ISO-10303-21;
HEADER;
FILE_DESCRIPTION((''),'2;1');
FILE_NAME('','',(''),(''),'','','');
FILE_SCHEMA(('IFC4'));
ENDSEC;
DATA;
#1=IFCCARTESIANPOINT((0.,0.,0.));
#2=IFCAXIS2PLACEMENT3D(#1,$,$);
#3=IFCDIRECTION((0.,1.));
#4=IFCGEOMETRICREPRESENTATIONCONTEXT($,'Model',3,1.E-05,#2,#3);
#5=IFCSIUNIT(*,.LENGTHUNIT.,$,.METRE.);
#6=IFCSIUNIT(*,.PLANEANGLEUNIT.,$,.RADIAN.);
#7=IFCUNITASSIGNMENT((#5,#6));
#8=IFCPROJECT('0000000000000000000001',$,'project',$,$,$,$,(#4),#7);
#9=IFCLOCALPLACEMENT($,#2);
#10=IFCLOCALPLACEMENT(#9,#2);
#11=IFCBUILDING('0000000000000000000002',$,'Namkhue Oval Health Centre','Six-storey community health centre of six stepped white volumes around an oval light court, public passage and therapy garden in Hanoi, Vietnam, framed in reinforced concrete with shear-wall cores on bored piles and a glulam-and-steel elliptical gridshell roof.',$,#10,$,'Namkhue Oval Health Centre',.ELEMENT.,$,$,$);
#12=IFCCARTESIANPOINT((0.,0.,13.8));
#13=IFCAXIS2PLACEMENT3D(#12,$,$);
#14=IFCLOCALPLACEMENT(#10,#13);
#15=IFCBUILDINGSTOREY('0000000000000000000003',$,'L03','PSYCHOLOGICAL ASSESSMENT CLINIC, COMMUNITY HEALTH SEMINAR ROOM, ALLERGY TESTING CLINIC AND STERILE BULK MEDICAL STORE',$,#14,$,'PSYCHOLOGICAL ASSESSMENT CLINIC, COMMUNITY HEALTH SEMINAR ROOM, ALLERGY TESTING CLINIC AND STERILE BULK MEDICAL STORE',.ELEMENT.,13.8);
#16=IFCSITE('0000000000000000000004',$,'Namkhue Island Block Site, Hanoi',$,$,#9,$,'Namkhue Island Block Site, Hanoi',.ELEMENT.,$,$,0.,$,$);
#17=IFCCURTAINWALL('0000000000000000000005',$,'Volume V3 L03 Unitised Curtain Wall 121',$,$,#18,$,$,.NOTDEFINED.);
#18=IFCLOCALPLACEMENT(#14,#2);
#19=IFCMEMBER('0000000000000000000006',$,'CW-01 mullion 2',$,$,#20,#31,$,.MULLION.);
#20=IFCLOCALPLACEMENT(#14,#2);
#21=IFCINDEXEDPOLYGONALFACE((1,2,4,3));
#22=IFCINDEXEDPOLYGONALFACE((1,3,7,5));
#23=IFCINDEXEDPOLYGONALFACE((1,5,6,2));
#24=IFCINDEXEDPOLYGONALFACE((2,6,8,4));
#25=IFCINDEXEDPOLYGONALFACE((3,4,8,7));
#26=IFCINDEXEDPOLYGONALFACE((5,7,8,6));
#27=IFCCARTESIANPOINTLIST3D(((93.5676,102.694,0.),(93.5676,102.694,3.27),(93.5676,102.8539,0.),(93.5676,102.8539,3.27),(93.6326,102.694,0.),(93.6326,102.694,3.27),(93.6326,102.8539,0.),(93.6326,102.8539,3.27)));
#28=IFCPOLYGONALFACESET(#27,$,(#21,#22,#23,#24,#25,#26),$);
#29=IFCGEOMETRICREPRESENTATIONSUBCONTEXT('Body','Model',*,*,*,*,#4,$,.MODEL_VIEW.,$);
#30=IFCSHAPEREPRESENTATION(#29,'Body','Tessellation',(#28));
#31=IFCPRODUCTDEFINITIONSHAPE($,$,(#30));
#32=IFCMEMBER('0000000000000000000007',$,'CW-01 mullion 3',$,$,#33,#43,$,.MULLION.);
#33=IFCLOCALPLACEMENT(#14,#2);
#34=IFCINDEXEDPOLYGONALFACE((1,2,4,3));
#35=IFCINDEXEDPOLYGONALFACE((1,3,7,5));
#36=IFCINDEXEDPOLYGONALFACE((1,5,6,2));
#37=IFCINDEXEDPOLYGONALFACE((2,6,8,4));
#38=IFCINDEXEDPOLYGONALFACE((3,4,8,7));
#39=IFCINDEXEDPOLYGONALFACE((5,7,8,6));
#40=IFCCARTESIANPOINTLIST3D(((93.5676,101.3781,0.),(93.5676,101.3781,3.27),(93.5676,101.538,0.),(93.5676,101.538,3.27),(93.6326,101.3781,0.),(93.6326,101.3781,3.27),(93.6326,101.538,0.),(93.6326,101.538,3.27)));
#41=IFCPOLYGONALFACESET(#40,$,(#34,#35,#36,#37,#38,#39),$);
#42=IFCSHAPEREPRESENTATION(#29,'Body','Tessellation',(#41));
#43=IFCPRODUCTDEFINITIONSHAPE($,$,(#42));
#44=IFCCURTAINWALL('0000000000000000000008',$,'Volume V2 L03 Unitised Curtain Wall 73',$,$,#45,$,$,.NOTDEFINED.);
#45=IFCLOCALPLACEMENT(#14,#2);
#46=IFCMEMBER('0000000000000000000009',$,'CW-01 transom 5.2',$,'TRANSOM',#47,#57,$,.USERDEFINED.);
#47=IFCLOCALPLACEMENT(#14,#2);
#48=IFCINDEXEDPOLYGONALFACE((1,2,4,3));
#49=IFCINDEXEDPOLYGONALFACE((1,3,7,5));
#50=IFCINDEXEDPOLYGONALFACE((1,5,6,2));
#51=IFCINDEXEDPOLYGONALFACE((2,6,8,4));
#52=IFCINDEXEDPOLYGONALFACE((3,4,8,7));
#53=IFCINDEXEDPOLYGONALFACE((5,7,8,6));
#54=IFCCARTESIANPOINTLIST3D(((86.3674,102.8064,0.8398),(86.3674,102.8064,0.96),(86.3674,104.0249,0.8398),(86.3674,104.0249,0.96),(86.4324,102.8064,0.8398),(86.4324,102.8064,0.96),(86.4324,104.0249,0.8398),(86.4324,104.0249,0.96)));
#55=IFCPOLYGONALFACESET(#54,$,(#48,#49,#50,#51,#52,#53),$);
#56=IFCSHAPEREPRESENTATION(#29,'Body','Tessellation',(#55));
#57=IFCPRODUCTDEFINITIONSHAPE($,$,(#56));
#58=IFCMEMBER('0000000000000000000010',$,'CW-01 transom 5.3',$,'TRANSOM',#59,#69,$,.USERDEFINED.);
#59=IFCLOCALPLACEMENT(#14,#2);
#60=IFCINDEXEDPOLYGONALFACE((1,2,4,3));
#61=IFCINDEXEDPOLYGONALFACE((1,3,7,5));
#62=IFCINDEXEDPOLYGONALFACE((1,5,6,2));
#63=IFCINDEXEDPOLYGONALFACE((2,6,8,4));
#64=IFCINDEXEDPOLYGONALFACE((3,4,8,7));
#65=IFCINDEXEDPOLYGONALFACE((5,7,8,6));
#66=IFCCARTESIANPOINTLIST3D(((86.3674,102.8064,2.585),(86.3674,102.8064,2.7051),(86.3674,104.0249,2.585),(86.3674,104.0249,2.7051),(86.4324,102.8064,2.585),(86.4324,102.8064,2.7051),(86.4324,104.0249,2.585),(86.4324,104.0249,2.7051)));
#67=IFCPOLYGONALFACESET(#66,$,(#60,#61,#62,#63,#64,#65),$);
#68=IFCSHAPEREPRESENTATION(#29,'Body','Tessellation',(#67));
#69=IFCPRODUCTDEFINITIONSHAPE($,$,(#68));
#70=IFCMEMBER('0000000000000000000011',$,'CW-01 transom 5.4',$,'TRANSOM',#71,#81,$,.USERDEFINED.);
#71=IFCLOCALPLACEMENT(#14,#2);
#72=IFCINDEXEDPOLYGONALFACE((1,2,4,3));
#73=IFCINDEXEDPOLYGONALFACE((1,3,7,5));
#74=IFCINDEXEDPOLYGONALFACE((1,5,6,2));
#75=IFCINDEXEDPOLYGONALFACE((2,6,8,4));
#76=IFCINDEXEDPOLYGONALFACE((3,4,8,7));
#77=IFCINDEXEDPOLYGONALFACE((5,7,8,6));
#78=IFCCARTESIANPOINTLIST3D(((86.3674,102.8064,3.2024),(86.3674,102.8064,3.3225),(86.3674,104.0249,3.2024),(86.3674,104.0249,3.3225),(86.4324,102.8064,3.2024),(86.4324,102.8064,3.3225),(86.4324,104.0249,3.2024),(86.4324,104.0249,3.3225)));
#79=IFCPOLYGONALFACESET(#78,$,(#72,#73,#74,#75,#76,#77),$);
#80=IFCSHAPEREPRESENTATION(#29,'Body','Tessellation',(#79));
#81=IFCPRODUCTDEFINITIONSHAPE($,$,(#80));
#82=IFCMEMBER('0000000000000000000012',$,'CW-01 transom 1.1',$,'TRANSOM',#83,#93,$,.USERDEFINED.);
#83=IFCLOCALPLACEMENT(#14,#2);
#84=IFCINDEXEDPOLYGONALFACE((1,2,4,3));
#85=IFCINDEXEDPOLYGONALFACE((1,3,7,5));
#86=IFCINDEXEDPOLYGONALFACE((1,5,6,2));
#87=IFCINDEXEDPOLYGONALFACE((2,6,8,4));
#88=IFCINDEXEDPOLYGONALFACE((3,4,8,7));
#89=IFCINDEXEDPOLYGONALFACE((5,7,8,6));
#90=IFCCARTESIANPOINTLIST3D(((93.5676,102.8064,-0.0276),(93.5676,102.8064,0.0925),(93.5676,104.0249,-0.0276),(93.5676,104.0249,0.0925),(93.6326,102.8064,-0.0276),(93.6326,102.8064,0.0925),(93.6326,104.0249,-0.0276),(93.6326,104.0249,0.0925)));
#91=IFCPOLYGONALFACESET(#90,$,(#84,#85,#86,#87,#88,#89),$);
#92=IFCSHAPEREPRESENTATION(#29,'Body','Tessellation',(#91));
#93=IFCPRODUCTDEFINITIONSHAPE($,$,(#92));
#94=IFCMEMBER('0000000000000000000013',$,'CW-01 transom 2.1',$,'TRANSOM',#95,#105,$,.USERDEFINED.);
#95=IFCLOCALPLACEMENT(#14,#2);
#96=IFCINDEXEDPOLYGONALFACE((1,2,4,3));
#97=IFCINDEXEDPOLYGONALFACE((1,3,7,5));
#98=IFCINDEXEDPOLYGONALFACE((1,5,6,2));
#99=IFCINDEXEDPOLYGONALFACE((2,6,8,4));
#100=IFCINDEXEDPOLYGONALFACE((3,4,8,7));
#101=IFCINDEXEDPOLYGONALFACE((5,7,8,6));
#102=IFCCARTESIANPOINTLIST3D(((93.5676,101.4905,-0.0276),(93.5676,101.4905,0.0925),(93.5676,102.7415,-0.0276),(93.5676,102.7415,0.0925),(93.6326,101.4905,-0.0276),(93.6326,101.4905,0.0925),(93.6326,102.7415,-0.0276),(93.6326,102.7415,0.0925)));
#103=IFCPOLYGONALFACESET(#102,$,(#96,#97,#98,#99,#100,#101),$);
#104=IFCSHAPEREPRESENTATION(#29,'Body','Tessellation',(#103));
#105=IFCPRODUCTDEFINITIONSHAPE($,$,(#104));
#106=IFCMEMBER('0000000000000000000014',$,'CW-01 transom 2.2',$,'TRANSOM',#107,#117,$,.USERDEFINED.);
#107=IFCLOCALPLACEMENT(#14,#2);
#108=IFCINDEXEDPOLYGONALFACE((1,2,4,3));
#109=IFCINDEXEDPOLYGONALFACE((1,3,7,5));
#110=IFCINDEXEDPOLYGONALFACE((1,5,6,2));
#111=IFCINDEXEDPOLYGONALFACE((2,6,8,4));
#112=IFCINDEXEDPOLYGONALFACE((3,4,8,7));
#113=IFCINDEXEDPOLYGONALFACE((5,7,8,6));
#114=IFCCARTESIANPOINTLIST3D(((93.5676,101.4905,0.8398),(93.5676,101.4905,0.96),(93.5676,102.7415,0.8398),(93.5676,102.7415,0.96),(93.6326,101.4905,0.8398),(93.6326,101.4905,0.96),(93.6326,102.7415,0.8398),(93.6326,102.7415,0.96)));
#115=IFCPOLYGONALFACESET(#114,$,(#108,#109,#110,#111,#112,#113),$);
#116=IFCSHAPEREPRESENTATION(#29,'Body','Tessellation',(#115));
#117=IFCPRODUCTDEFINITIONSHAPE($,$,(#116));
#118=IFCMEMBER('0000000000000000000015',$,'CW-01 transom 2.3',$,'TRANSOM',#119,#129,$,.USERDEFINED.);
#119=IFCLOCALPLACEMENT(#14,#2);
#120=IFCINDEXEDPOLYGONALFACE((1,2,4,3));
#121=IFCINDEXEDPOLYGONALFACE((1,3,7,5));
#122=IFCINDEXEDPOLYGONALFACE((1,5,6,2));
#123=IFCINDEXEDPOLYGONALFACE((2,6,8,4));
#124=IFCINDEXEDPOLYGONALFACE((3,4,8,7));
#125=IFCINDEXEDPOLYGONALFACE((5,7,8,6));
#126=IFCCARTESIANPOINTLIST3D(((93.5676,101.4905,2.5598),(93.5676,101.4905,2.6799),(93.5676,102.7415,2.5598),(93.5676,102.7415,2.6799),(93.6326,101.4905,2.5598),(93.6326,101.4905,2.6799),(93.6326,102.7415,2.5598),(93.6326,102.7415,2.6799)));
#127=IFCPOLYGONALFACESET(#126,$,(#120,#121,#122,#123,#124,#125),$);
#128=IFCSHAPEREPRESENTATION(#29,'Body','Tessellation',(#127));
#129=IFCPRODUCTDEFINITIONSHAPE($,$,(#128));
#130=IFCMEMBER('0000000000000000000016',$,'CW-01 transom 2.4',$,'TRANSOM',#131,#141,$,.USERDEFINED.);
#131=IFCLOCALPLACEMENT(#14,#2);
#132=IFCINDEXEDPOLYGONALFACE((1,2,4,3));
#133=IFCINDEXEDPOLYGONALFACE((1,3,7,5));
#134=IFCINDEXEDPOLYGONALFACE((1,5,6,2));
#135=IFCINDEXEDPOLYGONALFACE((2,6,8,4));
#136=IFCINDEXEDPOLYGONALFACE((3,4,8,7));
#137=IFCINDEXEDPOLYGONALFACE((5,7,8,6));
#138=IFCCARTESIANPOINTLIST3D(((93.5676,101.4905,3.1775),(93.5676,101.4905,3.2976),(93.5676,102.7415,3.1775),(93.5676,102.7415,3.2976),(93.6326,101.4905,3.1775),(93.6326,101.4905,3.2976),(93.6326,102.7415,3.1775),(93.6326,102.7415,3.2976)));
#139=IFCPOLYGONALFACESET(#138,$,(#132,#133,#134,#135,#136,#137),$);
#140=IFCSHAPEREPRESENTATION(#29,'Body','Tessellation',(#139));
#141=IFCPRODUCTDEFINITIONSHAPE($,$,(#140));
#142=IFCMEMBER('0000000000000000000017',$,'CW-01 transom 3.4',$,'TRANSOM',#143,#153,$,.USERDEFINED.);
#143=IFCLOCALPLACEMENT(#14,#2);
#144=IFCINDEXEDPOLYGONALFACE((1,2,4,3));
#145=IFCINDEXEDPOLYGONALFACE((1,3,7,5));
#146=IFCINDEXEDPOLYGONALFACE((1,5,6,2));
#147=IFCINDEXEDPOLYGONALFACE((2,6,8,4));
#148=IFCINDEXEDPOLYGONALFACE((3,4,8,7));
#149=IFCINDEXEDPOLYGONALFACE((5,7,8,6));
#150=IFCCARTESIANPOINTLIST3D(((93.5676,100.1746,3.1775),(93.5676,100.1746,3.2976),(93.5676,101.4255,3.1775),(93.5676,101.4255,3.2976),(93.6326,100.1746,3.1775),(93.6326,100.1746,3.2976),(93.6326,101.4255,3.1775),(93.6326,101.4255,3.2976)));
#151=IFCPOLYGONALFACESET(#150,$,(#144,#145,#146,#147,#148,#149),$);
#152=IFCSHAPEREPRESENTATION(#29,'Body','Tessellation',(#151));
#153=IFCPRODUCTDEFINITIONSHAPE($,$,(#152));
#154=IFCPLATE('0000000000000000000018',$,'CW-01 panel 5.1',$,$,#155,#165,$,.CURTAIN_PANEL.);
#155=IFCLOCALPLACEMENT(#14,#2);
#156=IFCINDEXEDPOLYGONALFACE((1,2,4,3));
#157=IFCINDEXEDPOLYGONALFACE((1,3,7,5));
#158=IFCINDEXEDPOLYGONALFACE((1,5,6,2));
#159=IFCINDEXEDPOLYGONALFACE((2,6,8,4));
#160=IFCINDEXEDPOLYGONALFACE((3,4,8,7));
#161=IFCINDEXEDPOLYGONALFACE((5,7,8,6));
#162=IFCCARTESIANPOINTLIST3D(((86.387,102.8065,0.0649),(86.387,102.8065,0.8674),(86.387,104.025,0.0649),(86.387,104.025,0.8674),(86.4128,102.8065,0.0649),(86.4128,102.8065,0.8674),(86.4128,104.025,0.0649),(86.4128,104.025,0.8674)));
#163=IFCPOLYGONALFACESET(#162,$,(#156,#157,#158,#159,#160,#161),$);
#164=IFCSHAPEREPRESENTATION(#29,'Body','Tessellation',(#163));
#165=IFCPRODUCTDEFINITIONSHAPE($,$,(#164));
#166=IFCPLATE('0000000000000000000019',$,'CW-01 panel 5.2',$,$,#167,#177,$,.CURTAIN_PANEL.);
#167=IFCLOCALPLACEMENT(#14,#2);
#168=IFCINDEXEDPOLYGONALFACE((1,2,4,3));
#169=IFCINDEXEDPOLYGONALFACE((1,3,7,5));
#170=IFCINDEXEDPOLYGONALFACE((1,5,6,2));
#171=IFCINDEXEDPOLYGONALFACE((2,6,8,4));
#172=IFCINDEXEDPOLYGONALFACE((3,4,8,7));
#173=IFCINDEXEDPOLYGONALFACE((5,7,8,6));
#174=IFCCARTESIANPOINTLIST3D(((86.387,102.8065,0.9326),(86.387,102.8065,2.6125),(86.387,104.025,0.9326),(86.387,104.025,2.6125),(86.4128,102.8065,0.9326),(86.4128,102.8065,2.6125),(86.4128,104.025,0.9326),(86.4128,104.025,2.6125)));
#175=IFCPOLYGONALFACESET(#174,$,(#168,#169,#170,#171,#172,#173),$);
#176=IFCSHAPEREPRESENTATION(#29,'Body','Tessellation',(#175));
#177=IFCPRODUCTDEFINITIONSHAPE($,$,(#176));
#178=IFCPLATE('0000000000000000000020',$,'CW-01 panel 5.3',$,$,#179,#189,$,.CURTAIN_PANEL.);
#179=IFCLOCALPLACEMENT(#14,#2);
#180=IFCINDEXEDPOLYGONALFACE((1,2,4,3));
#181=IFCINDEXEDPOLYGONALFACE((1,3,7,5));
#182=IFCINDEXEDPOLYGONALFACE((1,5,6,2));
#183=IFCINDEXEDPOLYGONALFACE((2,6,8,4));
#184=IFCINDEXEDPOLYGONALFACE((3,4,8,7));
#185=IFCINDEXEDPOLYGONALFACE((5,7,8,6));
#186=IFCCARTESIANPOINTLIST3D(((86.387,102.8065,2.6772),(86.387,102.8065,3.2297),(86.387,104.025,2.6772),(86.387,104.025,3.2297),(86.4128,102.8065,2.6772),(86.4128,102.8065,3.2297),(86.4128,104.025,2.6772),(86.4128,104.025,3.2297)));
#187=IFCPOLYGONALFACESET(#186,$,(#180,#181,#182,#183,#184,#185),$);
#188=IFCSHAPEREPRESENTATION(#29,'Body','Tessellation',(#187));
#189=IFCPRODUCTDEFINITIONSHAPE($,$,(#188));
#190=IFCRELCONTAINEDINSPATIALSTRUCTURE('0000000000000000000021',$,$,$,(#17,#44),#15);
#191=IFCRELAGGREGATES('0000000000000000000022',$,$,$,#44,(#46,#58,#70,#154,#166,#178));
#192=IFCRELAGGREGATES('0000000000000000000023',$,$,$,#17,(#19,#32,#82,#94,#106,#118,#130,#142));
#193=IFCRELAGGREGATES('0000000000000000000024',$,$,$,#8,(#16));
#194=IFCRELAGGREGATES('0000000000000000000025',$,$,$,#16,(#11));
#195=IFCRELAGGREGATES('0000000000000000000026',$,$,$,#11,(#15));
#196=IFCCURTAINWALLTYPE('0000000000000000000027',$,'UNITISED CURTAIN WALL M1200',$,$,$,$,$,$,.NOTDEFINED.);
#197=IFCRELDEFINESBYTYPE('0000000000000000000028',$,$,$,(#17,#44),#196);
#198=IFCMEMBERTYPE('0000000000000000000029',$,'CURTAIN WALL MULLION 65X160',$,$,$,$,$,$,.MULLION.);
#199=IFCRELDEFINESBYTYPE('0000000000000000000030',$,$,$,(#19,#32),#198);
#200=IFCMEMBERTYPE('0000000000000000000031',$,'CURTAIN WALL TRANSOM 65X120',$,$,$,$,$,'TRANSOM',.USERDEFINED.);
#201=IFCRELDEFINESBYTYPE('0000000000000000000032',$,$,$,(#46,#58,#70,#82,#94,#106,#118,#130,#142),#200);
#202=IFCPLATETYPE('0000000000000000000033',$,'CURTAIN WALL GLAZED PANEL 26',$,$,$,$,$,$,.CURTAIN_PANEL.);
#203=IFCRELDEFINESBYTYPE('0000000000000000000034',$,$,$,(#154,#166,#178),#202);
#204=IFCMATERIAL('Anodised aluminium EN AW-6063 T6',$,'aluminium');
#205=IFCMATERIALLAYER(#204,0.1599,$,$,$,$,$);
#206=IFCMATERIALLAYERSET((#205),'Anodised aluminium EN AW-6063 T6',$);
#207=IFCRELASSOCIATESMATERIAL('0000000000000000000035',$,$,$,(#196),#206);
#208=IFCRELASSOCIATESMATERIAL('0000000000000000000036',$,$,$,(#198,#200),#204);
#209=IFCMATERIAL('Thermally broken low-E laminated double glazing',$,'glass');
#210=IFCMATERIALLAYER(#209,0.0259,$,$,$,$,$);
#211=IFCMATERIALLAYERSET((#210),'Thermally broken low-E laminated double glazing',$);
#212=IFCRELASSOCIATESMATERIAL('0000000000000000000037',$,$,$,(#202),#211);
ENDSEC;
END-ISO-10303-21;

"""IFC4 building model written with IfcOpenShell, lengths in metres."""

from ifc_helpers import new_model, si_unit, direction, frame, origin, origin_2d, place, context, subcontext, project, spatial, rectangle, extrude, material, layer, layer_set, material_profile, profile_set, type_object, element, aggregate, save


model = new_model("IFC4")

# Units and contexts
model_context = context("Model", 3, precision=1e-05, world=origin(), true_north=direction((0.0, 1.0)))
body_context = subcontext(model_context, "Body", "Model", "MODEL_VIEW")
ifc_project = project(units=[si_unit("LENGTHUNIT", "METRE"), si_unit("PLANEANGLEUNIT", "RADIAN")], contexts=[model_context])

# Site, building, storey
site_placement = place(None, origin())
site = spatial("IfcSite", under=ifc_project, at=site_placement, Name="Namkhue Island Block Site, Hanoi", LongName="Namkhue Island Block Site, Hanoi", CompositionType="ELEMENT", RefElevation=0.0)
building_placement = place(site_placement, origin())
building = spatial("IfcBuilding", under=site, at=building_placement, Name="Namkhue Oval Health Centre", Description="Six-storey community health centre of six stepped white volumes around an oval light court, public passage and therapy garden in Hanoi, Vietnam, framed in reinforced concrete with shear-wall cores on bored piles and a glulam-and-steel elliptical gridshell roof.", LongName="Namkhue Oval Health Centre", CompositionType="ELEMENT")
storey_placement = place(building_placement, frame((0.0, 0.0, 13.8)))
storey = spatial("IfcBuildingStorey", under=building, at=storey_placement, Name="L03", Description="PSYCHOLOGICAL ASSESSMENT CLINIC, COMMUNITY HEALTH SEMINAR ROOM, ALLERGY TESTING CLINIC AND STERILE BULK MEDICAL STORE", LongName="PSYCHOLOGICAL ASSESSMENT CLINIC, COMMUNITY HEALTH SEMINAR ROOM, ALLERGY TESTING CLINIC AND STERILE BULK MEDICAL STORE", CompositionType="ELEMENT", Elevation=13.8)

# Curtain walls, members
ifc_material_1 = material(Name="Anodised aluminium EN AW-6063 T6", Category="aluminium")
ifc_layer_1 = layer(ifc_material_1, 0.1599)
ifc_layer_set_1 = layer_set([ifc_layer_1], Name="Anodised aluminium EN AW-6063 T6")
curtain_wall_type = type_object("IfcCurtainWallType", Name="UNITISED CURTAIN WALL M1200", PredefinedType="NOTDEFINED", material=ifc_layer_set_1)
curtain_wall_1_placement = place(storey_placement, origin())
curtain_wall_1 = element("IfcCurtainWall", 1, at=curtain_wall_1_placement, inside=storey, type_object=curtain_wall_type, Name="Volume V3 L03 Unitised Curtain Wall 121", PredefinedType="NOTDEFINED")
ifc_material_profile_1 = material_profile(ifc_material_1, rectangle(XDim=0.0649, YDim=0.1599, at=origin_2d()), Name="ALU 65x160")
ifc_profile_set_1 = profile_set([ifc_material_profile_1], Name="Anodised aluminium EN AW-6063 T6")
member_type_1 = type_object("IfcMemberType", Name="CURTAIN WALL MULLION 65X160", PredefinedType="MULLION", material=ifc_profile_set_1)
member_1_placement = place(storey_placement, frame((93.6001, 102.7739, 0.0), z_axis=(0.0, 0.0, 1.0), x_axis=(1.0, 0.0, 0.0)))
member_1 = element("IfcMember", 2, at=member_1_placement, type_object=member_type_1, Name="CW-01 mullion 2", PredefinedType="MULLION", context=body_context, shape_type="SweptSolid", body=[
    extrude(rectangle(XDim=0.0649, YDim=0.1599, at=origin_2d()), origin(), (0.0, 0.0, 1.0), 3.27),
])
member_2_placement = place(storey_placement, frame((93.6001, 101.458, 0.0), z_axis=(0.0, 0.0, 1.0), x_axis=(1.0, 0.0, 0.0)))
member_2 = element("IfcMember", 3, at=member_2_placement, type_object=member_type_1, Name="CW-01 mullion 3", PredefinedType="MULLION", context=body_context, shape_type="SweptSolid", body=[
    extrude(rectangle(XDim=0.0649, YDim=0.1599, at=origin_2d()), origin(), (0.0, 0.0, 1.0), 3.27),
])
curtain_wall_2_placement = place(storey_placement, origin())
curtain_wall_2 = element("IfcCurtainWall", 4, at=curtain_wall_2_placement, inside=storey, type_object=curtain_wall_type, Name="Volume V2 L03 Unitised Curtain Wall 73", PredefinedType="NOTDEFINED")
ifc_material_profile_2 = material_profile(ifc_material_1, rectangle(XDim=0.0649, YDim=0.1201, at=origin_2d()), Name="ALU 65x120")
ifc_profile_set_2 = profile_set([ifc_material_profile_2], Name="Anodised aluminium EN AW-6063 T6")
member_type_2 = type_object("IfcMemberType", Name="CURTAIN WALL TRANSOM 65X120", ElementType="TRANSOM", PredefinedType="USERDEFINED", material=ifc_profile_set_2)
member_3_placement = place(storey_placement, frame((86.3999, 102.8064, 0.8999), z_axis=(0.0, 1.0, 0.0), x_axis=(-1.0, 0.0, 0.0)))
member_3 = element("IfcMember", 5, at=member_3_placement, type_object=member_type_2, Name="CW-01 transom 5.2", ObjectType="TRANSOM", PredefinedType="USERDEFINED", context=body_context, shape_type="SweptSolid", body=[
    extrude(rectangle(XDim=0.0649, YDim=0.1201, at=origin_2d()), origin(), (0.0, 0.0, 1.0), 1.2185),
])
member_4_placement = place(storey_placement, frame((86.3999, 102.8064, 2.645), z_axis=(0.0, 1.0, 0.0), x_axis=(-1.0, 0.0, 0.0)))
member_4 = element("IfcMember", 6, at=member_4_placement, type_object=member_type_2, Name="CW-01 transom 5.3", ObjectType="TRANSOM", PredefinedType="USERDEFINED", context=body_context, shape_type="SweptSolid", body=[
    extrude(rectangle(XDim=0.0649, YDim=0.1201, at=origin_2d()), origin(), (0.0, 0.0, 1.0), 1.2185),
])
member_5_placement = place(storey_placement, frame((86.3999, 102.8064, 3.2625), z_axis=(0.0, 1.0, 0.0), x_axis=(-1.0, 0.0, 0.0)))
member_5 = element("IfcMember", 7, at=member_5_placement, type_object=member_type_2, Name="CW-01 transom 5.4", ObjectType="TRANSOM", PredefinedType="USERDEFINED", context=body_context, shape_type="SweptSolid", body=[
    extrude(rectangle(XDim=0.0649, YDim=0.1201, at=origin_2d()), origin(), (0.0, 0.0, 1.0), 1.2185),
])

# Members
member_6_placement = place(storey_placement, frame((93.6001, 104.0249, 0.0325), z_axis=(0.0, -1.0, 0.0), x_axis=(1.0, 0.0, 0.0)))
member_6 = element("IfcMember", 8, at=member_6_placement, type_object=member_type_2, Name="CW-01 transom 1.1", ObjectType="TRANSOM", PredefinedType="USERDEFINED", context=body_context, shape_type="SweptSolid", body=[
    extrude(rectangle(XDim=0.0649, YDim=0.1201, at=origin_2d()), origin(), (0.0, 0.0, 1.0), 1.2185),
])
member_7_placement = place(storey_placement, frame((93.6001, 102.7415, 0.0325), z_axis=(0.0, -1.0, 0.0), x_axis=(1.0, 0.0, 0.0)))
member_7 = element("IfcMember", 9, at=member_7_placement, type_object=member_type_2, Name="CW-01 transom 2.1", ObjectType="TRANSOM", PredefinedType="USERDEFINED", context=body_context, shape_type="SweptSolid", body=[
    extrude(rectangle(XDim=0.0649, YDim=0.1201, at=origin_2d()), origin(), (0.0, 0.0, 1.0), 1.251),
])
member_8_placement = place(storey_placement, frame((93.6001, 102.7415, 0.8999), z_axis=(0.0, -1.0, 0.0), x_axis=(1.0, 0.0, 0.0)))
member_8 = element("IfcMember", 10, at=member_8_placement, type_object=member_type_2, Name="CW-01 transom 2.2", ObjectType="TRANSOM", PredefinedType="USERDEFINED", context=body_context, shape_type="SweptSolid", body=[
    extrude(rectangle(XDim=0.0649, YDim=0.1201, at=origin_2d()), origin(), (0.0, 0.0, 1.0), 1.251),
])
member_9_placement = place(storey_placement, frame((93.6001, 102.7415, 2.6199), z_axis=(0.0, -1.0, 0.0), x_axis=(1.0, 0.0, 0.0)))
member_9 = element("IfcMember", 11, at=member_9_placement, type_object=member_type_2, Name="CW-01 transom 2.3", ObjectType="TRANSOM", PredefinedType="USERDEFINED", context=body_context, shape_type="SweptSolid", body=[
    extrude(rectangle(XDim=0.0649, YDim=0.1201, at=origin_2d()), origin(), (0.0, 0.0, 1.0), 1.251),
])
member_10_placement = place(storey_placement, frame((93.6001, 102.7415, 3.2375), z_axis=(0.0, -1.0, 0.0), x_axis=(1.0, 0.0, 0.0)))
member_10 = element("IfcMember", 12, at=member_10_placement, type_object=member_type_2, Name="CW-01 transom 2.4", ObjectType="TRANSOM", PredefinedType="USERDEFINED", context=body_context, shape_type="SweptSolid", body=[
    extrude(rectangle(XDim=0.0649, YDim=0.1201, at=origin_2d()), origin(), (0.0, 0.0, 1.0), 1.251),
])
member_11_placement = place(storey_placement, frame((93.6001, 101.4255, 3.2375), z_axis=(0.0, -1.0, 0.0), x_axis=(1.0, 0.0, 0.0)))
member_11 = element("IfcMember", 13, at=member_11_placement, type_object=member_type_2, Name="CW-01 transom 3.4", ObjectType="TRANSOM", PredefinedType="USERDEFINED", context=body_context, shape_type="SweptSolid", body=[
    extrude(rectangle(XDim=0.0649, YDim=0.1201, at=origin_2d()), origin(), (0.0, 0.0, 1.0), 1.251),
])

# Plates
ifc_material_2 = material(Name="Thermally broken low-E laminated double glazing", Category="glass")
ifc_layer_2 = layer(ifc_material_2, 0.0259)
ifc_layer_set_2 = layer_set([ifc_layer_2], Name="Thermally broken low-E laminated double glazing")
plate_type = type_object("IfcPlateType", Name="CURTAIN WALL GLAZED PANEL 26", PredefinedType="CURTAIN_PANEL", material=ifc_layer_set_2)
plate_1_placement = place(storey_placement, frame((86.3999, 103.4158, 0.0649), z_axis=(0.0, 0.0, 1.0), x_axis=(0.0, 1.0, 0.0)))
plate_1 = element("IfcPlate", 14, at=plate_1_placement, type_object=plate_type, Name="CW-01 panel 5.1", PredefinedType="CURTAIN_PANEL", context=body_context, shape_type="SweptSolid", body=[
    extrude(rectangle(XDim=1.2185, YDim=0.0259, at=origin_2d()), origin(), (0.0, 0.0, 1.0), 0.8025),
])
plate_2_placement = place(storey_placement, frame((86.3999, 103.4158, 0.9326), z_axis=(0.0, 0.0, 1.0), x_axis=(0.0, 1.0, 0.0)))
plate_2 = element("IfcPlate", 15, at=plate_2_placement, type_object=plate_type, Name="CW-01 panel 5.2", PredefinedType="CURTAIN_PANEL", context=body_context, shape_type="SweptSolid", body=[
    extrude(rectangle(XDim=1.2185, YDim=0.0259, at=origin_2d()), origin(), (0.0, 0.0, 1.0), 1.6799),
])
plate_3_placement = place(storey_placement, frame((86.3999, 103.4158, 2.6772), z_axis=(0.0, 0.0, 1.0), x_axis=(0.0, 1.0, 0.0)))
plate_3 = element("IfcPlate", 16, at=plate_3_placement, type_object=plate_type, Name="CW-01 panel 5.3", PredefinedType="CURTAIN_PANEL", context=body_context, shape_type="SweptSolid", body=[
    extrude(rectangle(XDim=1.2185, YDim=0.0259, at=origin_2d()), origin(), (0.0, 0.0, 1.0), 0.5525),
])
aggregate(curtain_wall_2, [member_3, member_4, member_5, plate_1, plate_2, plate_3])
aggregate(curtain_wall_1, [member_1, member_2, member_6, member_7, member_8, member_9, member_10, member_11])

save(model, "model.ifc")
